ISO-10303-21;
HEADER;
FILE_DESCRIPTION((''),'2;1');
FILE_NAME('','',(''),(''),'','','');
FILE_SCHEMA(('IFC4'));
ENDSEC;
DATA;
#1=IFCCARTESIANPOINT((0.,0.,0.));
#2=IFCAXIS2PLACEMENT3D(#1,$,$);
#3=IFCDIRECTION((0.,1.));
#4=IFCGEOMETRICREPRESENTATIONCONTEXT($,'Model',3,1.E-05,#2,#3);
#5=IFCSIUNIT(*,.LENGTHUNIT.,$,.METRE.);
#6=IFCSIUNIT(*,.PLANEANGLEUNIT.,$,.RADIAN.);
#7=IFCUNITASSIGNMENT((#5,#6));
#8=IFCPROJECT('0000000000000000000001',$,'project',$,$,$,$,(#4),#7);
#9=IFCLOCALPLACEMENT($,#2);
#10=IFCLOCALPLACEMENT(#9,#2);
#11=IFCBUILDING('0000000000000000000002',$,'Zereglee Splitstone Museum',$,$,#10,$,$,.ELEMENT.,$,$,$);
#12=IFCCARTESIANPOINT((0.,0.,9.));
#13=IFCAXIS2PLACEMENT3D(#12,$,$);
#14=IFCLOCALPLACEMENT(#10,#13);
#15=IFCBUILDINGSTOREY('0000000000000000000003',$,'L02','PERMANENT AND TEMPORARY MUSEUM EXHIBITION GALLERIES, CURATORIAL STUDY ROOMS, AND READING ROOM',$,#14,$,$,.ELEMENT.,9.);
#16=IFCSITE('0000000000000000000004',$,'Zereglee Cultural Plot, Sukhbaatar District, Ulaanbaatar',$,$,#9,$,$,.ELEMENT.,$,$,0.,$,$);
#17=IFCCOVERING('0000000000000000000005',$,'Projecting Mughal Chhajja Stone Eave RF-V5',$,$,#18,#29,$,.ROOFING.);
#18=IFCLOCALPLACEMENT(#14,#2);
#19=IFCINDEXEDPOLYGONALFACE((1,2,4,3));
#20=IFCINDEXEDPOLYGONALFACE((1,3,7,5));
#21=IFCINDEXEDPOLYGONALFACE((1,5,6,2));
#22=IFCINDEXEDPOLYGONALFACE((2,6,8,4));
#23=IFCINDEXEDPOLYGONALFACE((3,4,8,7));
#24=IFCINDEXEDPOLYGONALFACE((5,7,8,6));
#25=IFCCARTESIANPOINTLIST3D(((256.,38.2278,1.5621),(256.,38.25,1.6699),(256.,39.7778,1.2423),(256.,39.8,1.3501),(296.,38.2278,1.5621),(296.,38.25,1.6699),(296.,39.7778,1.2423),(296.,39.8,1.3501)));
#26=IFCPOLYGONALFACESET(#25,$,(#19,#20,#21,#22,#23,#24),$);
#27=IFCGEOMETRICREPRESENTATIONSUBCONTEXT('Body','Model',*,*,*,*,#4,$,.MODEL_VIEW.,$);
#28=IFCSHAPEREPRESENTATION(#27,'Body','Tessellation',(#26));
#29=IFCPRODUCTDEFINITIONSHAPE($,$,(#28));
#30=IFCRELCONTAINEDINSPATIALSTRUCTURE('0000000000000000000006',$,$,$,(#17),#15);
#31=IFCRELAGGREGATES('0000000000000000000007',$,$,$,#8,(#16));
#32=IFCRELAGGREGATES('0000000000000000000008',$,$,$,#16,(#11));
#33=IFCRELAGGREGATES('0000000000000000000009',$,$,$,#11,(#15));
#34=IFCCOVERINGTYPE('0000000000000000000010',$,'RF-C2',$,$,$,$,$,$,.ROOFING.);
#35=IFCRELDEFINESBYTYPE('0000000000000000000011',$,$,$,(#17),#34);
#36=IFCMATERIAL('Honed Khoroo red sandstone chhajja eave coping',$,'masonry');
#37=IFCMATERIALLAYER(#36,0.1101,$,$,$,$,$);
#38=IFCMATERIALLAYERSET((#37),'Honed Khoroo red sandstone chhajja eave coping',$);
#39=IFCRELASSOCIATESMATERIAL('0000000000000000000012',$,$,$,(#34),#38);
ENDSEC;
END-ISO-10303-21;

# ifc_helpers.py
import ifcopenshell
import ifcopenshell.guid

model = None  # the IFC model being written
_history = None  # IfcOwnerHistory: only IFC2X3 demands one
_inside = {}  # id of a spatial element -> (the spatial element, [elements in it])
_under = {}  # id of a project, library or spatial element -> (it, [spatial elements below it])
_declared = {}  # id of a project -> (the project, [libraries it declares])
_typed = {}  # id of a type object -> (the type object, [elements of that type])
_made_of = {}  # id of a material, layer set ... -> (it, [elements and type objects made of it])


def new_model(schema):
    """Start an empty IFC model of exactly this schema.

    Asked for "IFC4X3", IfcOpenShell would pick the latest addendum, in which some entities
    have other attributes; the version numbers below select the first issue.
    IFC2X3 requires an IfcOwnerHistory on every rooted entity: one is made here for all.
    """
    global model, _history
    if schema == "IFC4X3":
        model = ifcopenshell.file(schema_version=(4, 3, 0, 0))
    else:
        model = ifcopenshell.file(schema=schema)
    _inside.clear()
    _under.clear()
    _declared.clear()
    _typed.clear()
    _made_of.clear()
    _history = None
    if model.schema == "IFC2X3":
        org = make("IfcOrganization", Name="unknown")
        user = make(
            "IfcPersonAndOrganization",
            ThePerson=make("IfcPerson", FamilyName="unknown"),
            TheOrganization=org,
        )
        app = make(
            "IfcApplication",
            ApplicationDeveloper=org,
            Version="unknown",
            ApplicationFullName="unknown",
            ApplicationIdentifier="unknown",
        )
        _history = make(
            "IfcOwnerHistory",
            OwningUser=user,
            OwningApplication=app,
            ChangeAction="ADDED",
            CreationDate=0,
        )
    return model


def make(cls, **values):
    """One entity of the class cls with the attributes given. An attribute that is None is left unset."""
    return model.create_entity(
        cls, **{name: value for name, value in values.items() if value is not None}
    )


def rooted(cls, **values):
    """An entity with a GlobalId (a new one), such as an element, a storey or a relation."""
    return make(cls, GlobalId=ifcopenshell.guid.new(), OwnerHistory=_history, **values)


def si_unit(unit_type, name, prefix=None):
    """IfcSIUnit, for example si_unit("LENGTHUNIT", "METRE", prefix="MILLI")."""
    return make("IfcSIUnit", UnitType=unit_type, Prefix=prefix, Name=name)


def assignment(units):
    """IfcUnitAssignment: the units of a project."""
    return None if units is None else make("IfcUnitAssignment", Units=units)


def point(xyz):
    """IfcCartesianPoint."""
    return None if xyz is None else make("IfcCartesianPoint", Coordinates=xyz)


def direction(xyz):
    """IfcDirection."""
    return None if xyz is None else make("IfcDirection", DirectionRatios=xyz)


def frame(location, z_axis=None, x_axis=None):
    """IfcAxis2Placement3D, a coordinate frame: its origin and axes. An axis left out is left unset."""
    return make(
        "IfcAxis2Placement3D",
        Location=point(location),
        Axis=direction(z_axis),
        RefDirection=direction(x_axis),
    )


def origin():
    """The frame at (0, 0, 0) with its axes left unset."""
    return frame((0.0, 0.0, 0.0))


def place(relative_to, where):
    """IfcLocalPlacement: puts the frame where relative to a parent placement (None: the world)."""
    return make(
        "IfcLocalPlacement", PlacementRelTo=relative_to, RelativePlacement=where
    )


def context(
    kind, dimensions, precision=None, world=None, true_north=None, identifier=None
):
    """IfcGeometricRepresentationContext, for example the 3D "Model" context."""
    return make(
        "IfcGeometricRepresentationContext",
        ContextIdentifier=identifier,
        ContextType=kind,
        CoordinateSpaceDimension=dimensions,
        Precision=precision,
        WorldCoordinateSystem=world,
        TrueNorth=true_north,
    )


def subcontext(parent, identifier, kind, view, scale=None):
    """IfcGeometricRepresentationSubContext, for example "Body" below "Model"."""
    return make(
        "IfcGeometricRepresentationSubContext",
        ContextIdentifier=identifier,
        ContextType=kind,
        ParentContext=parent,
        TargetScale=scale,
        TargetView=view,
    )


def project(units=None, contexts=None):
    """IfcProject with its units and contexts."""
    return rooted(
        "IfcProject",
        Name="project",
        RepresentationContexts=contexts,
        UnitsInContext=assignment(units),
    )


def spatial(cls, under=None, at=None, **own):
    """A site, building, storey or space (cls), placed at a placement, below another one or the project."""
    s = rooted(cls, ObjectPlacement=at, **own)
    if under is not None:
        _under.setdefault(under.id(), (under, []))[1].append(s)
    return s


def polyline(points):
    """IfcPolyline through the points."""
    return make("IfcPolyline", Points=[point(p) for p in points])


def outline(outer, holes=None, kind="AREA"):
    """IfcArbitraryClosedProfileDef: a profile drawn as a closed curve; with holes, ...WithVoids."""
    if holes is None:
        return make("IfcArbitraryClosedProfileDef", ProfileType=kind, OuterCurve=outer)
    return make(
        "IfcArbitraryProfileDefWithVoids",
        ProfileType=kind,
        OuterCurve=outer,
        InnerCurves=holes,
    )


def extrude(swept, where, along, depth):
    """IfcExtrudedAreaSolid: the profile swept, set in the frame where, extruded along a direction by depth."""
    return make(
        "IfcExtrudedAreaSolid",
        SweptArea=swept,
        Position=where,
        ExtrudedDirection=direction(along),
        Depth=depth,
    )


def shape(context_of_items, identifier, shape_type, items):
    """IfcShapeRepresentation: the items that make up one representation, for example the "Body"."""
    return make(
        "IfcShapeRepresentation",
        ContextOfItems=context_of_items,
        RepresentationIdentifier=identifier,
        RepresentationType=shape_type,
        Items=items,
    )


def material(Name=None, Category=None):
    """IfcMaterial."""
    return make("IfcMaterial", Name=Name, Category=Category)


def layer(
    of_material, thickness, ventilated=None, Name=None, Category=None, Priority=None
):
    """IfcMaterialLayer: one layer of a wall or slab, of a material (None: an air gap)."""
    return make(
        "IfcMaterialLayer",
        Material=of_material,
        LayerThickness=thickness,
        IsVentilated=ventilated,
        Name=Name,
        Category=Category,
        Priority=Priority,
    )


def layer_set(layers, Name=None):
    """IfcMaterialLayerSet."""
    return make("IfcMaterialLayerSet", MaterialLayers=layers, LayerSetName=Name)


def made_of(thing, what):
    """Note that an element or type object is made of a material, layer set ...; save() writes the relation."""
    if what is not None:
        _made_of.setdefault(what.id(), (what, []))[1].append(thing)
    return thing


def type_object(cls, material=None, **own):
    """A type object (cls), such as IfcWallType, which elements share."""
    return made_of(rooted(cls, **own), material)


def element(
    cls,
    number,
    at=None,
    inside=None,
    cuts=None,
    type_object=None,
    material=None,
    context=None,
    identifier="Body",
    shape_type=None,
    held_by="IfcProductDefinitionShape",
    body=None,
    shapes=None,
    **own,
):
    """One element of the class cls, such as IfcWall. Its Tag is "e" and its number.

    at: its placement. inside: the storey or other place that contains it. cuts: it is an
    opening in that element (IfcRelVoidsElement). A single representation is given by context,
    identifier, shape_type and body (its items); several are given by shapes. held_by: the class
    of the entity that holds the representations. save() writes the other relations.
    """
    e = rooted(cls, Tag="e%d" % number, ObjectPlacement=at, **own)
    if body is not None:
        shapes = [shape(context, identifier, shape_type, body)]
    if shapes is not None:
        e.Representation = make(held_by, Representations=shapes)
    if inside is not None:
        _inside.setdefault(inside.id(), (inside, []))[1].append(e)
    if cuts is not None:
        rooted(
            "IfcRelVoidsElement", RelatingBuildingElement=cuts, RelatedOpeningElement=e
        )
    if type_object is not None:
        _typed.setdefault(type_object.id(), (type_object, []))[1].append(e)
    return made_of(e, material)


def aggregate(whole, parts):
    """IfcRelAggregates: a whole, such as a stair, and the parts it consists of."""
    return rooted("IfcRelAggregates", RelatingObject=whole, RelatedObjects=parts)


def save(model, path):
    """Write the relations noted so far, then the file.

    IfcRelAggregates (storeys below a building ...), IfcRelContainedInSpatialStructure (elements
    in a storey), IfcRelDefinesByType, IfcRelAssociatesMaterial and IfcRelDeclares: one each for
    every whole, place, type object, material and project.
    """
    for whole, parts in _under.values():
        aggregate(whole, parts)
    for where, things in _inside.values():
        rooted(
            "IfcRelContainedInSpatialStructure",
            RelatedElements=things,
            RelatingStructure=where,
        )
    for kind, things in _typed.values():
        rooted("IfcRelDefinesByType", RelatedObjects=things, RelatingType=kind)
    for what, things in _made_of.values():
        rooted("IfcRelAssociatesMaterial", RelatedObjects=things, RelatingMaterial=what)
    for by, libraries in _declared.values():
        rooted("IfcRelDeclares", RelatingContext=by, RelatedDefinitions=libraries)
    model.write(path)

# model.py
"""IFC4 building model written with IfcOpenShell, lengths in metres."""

from ifc_helpers import new_model, si_unit, direction, frame, origin, place, context, subcontext, project, spatial, polyline, outline, extrude, material, layer, layer_set, type_object, element, save


model = new_model("IFC4")

# Units and contexts
model_context = context("Model", 3, precision=1e-05, world=origin(), true_north=direction((0.0, 1.0)))
body_context = subcontext(model_context, "Body", "Model", "MODEL_VIEW")
ifc_project = project(units=[si_unit("LENGTHUNIT", "METRE"), si_unit("PLANEANGLEUNIT", "RADIAN")], contexts=[model_context])

# Site, building, storey
site_placement = place(None, origin())
site = spatial("IfcSite", under=ifc_project, at=site_placement, Name="Zereglee Cultural Plot, Sukhbaatar District, Ulaanbaatar", CompositionType="ELEMENT", RefElevation=0.0)
building_placement = place(site_placement, origin())
building = spatial("IfcBuilding", under=site, at=building_placement, Name="Zereglee Splitstone Museum", CompositionType="ELEMENT")
storey_placement = place(building_placement, frame((0.0, 0.0, 9.0)))
storey = spatial("IfcBuildingStorey", under=building, at=storey_placement, Name="L02", Description="PERMANENT AND TEMPORARY MUSEUM EXHIBITION GALLERIES, CURATORIAL STUDY ROOMS, AND READING ROOM", CompositionType="ELEMENT", Elevation=9.0)

# Covering
ifc_material_1 = material(Name="Honed Khoroo red sandstone chhajja eave coping", Category="masonry")
ifc_layer_1 = layer(ifc_material_1, 0.1101)
ifc_layer_set_1 = layer_set([ifc_layer_1], Name="Honed Khoroo red sandstone chhajja eave coping")
covering_type_1 = type_object("IfcCoveringType", Name="RF-C2", PredefinedType="ROOFING", material=ifc_layer_set_1)
covering_1_placement = place(storey_placement, frame((256.0, 38.25, 1.6699), z_axis=(0.0, 0.202075, 0.97937), x_axis=(1.0, 0.0, 0.0)))
element("IfcCovering", 1, at=covering_1_placement, inside=storey, type_object=covering_type_1, Name="Projecting Mughal Chhajja Stone Eave RF-V5", PredefinedType="ROOFING", context=body_context, shape_type="SweptSolid", body=[
    extrude(outline(polyline([(0.0, 0.0), (40.0, 0.0), (40.0, 1.5827), (0.0, 1.5827), (0.0, 0.0)])), origin(), (0.0, 0.0, -1.0), 0.1101),
])

save(model, "model.ifc")
